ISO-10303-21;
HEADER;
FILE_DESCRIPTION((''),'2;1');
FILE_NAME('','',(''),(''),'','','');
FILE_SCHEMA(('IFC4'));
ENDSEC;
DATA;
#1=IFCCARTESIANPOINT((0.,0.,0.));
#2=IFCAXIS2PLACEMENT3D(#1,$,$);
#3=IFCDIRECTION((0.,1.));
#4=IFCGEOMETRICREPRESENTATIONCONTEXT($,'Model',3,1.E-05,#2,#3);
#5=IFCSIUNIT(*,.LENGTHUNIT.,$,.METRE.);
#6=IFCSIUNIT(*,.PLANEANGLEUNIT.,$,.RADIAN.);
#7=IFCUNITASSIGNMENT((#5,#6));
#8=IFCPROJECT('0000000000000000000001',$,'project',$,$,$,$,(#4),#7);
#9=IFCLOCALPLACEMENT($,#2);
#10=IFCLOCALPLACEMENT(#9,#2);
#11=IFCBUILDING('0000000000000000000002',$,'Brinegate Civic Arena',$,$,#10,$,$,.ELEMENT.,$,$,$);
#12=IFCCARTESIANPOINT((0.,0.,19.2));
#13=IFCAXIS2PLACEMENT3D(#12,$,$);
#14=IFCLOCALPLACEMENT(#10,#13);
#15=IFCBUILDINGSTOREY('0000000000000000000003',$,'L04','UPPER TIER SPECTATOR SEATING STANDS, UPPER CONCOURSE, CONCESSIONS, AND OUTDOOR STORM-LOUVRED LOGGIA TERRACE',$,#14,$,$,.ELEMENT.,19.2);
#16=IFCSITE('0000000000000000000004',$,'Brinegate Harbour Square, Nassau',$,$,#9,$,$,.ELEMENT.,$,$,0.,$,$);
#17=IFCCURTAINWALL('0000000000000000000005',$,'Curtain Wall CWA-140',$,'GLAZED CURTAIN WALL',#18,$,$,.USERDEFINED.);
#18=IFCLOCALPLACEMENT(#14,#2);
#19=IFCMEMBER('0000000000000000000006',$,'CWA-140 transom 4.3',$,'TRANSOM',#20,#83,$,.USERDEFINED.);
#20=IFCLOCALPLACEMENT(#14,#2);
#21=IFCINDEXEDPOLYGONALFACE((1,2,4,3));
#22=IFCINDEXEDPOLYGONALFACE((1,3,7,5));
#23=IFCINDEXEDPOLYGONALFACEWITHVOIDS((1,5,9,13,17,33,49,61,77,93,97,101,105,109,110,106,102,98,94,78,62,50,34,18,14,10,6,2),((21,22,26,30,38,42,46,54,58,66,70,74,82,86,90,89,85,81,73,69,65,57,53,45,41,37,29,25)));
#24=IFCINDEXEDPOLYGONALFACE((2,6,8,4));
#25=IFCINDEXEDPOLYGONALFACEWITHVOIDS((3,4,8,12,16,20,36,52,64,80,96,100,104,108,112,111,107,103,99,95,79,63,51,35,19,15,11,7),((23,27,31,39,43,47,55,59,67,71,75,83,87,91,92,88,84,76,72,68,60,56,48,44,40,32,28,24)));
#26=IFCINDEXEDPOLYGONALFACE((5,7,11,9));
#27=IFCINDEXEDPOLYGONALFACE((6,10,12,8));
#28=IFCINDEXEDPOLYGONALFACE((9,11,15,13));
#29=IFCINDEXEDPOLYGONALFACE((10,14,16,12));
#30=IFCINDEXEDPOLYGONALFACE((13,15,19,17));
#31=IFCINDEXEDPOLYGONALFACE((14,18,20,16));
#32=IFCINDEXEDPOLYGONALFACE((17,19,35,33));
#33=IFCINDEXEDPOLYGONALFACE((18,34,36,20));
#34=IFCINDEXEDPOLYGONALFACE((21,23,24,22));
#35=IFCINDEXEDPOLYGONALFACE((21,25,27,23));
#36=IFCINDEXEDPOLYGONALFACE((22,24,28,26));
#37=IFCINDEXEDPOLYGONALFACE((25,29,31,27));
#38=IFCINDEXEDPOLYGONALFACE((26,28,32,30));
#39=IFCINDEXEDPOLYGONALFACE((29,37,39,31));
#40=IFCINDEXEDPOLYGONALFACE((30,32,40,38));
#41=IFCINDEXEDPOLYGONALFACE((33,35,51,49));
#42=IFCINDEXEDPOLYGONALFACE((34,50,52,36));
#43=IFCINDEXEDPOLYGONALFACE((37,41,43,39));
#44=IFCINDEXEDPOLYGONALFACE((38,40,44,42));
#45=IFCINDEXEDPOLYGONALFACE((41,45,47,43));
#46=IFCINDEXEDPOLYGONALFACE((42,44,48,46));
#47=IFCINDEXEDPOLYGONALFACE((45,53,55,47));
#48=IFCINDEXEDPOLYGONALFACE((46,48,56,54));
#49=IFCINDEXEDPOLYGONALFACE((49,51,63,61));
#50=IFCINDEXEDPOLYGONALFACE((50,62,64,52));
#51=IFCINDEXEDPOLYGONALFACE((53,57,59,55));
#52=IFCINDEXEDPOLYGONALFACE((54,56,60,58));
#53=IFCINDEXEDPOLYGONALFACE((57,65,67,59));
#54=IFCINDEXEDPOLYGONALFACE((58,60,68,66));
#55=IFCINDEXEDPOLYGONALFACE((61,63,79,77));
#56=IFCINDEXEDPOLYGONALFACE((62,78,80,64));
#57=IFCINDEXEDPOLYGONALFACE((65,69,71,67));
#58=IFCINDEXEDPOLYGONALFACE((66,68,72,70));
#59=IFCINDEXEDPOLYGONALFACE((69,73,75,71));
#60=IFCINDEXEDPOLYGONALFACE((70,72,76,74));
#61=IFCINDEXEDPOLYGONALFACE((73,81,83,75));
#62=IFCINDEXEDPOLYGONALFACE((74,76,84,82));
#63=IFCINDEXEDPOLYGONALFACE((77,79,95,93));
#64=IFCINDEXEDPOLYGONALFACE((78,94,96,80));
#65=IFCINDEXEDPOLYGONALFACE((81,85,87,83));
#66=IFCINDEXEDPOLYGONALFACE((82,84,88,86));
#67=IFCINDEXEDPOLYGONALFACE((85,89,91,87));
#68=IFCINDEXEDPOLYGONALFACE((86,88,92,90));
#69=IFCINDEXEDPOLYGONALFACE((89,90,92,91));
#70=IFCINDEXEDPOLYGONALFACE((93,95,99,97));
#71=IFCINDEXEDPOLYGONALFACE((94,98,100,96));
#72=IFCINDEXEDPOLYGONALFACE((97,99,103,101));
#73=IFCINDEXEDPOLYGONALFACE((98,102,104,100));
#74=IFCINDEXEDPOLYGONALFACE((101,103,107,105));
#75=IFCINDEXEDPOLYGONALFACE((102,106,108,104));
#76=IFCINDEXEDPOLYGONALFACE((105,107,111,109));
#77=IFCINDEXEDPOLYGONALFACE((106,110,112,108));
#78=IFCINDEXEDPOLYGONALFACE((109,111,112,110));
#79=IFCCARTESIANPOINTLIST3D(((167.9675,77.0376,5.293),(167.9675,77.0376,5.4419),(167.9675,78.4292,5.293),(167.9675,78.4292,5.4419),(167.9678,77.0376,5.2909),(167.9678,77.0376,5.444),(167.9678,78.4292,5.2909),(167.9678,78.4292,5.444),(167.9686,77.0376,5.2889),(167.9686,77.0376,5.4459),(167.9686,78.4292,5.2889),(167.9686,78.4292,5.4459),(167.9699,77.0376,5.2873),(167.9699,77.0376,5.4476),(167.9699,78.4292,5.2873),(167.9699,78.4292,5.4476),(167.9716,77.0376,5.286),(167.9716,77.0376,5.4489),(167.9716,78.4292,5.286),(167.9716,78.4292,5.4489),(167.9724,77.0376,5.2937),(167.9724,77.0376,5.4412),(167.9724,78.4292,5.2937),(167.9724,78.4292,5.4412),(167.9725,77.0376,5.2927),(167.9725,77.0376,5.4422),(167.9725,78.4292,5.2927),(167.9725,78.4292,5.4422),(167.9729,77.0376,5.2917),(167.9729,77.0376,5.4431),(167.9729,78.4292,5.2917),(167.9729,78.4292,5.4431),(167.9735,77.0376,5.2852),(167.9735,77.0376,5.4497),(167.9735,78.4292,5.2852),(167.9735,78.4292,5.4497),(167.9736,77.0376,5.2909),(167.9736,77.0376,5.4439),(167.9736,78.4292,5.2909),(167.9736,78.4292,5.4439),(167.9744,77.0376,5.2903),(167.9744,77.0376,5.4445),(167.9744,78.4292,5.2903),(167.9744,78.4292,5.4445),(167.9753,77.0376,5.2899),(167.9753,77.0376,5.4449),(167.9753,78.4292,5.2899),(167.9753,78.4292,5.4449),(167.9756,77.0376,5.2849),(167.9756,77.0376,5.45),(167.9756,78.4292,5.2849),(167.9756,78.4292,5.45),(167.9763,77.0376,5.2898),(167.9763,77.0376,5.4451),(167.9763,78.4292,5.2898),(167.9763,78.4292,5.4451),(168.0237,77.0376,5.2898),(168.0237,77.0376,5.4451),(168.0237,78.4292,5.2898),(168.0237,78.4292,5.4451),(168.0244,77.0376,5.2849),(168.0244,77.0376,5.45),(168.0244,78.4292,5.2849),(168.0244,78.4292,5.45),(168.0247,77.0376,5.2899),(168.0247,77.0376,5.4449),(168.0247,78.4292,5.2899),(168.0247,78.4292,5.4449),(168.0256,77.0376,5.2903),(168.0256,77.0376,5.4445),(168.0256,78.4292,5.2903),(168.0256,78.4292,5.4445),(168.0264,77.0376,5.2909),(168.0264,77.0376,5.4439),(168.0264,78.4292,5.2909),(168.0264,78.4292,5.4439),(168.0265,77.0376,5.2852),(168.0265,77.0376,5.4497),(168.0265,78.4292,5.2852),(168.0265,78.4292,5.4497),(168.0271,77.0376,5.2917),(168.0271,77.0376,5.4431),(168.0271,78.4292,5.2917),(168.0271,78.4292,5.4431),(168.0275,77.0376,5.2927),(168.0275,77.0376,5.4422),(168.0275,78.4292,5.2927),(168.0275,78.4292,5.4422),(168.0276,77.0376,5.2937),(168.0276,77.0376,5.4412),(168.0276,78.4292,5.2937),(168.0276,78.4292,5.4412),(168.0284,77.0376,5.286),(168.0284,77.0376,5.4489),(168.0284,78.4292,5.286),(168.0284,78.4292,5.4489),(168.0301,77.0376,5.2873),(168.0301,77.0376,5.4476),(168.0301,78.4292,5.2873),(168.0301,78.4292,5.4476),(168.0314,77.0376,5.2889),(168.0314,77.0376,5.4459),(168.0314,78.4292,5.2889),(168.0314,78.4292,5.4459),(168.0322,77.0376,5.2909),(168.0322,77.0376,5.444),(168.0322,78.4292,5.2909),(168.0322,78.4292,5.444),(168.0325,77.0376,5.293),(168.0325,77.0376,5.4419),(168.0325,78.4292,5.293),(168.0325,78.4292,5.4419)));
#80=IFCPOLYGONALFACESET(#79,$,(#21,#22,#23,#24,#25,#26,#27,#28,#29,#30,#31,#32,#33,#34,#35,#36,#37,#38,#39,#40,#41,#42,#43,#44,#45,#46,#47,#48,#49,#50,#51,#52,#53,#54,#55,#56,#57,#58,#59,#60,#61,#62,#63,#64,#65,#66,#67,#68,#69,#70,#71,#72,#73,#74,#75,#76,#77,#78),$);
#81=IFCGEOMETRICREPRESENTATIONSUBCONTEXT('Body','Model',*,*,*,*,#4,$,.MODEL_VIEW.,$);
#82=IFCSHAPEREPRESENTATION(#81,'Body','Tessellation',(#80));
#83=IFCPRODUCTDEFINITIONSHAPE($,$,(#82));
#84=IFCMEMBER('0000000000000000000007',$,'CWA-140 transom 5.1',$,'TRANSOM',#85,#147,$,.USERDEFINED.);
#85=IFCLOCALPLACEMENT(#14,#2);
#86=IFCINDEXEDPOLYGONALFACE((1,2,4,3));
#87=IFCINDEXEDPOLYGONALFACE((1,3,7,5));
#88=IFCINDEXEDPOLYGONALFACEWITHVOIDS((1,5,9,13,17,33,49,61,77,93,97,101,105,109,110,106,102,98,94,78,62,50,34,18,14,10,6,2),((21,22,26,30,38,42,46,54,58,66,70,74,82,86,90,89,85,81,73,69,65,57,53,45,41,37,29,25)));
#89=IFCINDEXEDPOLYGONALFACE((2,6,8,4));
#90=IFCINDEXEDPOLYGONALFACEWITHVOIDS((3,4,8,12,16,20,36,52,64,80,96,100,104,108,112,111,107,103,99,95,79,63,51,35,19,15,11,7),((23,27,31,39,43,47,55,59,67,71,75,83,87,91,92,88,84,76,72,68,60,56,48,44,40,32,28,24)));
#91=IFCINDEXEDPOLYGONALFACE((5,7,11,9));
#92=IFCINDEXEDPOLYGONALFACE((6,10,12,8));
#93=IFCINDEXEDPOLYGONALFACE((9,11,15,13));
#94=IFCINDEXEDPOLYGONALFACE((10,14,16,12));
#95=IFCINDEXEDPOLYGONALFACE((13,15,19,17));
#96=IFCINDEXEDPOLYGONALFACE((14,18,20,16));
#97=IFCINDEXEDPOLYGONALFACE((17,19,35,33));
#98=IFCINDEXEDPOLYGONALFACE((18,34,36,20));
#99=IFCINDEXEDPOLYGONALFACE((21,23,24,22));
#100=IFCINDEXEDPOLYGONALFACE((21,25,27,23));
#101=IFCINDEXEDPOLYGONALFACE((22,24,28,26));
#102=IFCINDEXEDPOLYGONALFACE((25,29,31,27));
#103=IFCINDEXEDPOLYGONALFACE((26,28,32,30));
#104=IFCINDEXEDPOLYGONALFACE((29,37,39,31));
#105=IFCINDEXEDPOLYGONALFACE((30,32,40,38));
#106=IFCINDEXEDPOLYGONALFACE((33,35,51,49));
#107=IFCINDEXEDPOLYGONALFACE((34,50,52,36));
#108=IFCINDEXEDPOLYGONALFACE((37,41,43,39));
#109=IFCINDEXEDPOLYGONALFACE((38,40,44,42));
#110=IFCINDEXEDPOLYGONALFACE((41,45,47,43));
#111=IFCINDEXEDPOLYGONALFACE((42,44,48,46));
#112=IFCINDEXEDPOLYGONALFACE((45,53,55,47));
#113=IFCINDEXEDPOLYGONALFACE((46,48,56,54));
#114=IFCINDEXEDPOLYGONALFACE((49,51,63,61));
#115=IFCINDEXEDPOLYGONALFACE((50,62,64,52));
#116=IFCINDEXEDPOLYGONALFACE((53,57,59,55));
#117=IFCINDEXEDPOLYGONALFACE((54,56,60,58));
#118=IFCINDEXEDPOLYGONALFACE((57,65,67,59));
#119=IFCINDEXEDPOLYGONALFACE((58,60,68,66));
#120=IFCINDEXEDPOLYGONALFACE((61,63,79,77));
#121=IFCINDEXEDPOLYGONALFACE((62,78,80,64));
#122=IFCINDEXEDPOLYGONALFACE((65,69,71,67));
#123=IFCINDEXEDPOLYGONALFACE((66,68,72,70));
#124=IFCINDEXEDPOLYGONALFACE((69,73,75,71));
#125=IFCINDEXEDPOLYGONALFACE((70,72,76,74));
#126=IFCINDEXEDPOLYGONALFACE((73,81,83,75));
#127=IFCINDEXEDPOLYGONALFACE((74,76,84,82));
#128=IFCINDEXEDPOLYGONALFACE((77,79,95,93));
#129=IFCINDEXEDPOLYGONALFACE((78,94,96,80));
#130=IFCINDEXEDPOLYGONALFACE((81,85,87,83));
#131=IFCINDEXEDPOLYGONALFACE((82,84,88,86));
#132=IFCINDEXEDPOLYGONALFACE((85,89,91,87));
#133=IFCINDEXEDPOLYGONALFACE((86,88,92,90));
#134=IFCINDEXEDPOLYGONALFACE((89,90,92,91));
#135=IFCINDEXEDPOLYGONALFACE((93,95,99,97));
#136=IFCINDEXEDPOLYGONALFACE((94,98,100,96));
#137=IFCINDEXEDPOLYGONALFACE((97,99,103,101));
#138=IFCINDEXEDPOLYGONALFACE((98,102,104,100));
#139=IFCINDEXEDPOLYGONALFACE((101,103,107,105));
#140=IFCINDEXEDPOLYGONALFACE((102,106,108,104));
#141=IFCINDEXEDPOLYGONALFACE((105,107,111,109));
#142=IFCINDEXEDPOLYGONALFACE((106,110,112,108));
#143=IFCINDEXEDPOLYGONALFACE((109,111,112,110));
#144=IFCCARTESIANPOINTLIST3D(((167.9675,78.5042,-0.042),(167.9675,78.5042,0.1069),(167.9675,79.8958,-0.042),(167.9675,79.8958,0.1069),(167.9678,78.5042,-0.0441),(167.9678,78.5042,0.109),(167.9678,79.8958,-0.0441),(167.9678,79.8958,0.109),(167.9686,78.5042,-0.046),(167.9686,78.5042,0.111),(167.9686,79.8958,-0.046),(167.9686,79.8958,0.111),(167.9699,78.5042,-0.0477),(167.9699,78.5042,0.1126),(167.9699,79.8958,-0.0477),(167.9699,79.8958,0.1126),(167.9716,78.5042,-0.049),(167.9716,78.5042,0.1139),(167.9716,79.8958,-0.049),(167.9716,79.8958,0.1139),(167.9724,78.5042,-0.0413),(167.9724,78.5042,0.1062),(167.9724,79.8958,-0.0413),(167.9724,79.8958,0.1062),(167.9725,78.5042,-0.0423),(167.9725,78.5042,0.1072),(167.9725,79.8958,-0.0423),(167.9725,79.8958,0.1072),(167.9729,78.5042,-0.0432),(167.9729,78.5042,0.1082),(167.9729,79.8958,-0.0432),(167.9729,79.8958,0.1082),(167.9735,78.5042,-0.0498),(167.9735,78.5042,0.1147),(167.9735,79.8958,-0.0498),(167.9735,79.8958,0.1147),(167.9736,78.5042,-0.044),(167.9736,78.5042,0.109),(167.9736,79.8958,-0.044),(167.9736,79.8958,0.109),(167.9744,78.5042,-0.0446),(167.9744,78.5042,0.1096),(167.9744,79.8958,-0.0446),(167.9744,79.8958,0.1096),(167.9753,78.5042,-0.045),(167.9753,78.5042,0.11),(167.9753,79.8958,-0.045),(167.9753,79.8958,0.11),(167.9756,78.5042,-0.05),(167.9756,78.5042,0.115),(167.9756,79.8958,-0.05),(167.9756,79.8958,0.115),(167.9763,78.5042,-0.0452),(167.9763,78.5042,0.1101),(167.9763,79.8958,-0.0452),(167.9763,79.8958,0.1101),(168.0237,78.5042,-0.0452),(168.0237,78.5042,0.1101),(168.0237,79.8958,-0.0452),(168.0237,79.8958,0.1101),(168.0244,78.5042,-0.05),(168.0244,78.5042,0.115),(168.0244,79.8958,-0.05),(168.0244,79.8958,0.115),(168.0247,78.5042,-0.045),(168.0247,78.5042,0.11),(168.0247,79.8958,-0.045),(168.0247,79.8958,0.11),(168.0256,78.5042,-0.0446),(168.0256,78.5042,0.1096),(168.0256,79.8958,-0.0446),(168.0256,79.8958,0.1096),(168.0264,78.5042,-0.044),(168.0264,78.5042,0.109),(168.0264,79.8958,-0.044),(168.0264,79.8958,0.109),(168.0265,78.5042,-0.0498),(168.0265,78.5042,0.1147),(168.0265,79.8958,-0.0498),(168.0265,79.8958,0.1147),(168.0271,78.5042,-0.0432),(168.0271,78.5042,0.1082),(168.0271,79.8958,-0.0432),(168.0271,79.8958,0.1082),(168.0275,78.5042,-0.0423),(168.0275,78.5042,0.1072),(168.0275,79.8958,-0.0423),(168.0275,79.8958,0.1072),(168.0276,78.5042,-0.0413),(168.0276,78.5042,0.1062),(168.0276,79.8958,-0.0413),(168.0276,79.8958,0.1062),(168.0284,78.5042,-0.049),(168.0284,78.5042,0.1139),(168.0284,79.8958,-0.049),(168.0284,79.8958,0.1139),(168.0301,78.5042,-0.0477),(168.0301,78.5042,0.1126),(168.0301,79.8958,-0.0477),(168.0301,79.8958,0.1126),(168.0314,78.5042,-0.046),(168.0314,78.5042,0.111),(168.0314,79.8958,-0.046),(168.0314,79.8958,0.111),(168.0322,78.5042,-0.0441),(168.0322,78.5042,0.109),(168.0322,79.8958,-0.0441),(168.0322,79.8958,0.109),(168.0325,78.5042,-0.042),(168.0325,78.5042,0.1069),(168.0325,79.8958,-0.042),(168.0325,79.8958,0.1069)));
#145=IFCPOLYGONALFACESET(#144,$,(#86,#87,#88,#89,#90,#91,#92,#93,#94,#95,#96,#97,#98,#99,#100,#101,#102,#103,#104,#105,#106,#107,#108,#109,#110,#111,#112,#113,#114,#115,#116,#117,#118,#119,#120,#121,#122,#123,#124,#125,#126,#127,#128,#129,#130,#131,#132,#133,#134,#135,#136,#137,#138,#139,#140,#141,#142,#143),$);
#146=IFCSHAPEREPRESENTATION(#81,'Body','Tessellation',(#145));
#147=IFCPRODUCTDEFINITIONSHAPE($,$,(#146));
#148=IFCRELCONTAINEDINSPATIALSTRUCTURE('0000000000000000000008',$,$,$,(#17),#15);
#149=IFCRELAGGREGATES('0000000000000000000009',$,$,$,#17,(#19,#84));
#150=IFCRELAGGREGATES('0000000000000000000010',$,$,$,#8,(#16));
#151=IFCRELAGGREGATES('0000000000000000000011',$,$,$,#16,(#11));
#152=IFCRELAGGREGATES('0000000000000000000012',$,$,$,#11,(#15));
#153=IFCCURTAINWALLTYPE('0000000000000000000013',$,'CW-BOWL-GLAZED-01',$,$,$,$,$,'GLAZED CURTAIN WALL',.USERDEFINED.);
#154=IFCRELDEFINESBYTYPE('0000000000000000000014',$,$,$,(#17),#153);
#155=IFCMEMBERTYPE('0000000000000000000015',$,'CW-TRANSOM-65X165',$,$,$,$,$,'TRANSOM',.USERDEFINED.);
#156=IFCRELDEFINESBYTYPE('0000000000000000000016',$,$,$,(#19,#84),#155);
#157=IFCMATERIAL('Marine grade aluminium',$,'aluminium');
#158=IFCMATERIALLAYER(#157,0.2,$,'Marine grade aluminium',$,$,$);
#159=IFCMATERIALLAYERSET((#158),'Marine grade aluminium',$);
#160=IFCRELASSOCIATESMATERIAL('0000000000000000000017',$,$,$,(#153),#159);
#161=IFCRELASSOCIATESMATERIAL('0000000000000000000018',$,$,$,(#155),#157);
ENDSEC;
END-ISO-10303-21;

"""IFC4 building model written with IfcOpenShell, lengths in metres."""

from ifc_helpers import new_model, si_unit, direction, frame, origin, origin_2d, place, context, subcontext, project, spatial, hollow_rectangle, extrude, material, layer, layer_set, material_profile, profile_set, type_object, element, aggregate, save


model = new_model("IFC4")

# Units and contexts
model_context = context("Model", 3, precision=1e-05, world=origin(), true_north=direction((0.0, 1.0)))
body_context = subcontext(model_context, "Body", "Model", "MODEL_VIEW")
ifc_project = project(units=[si_unit("LENGTHUNIT", "METRE"), si_unit("PLANEANGLEUNIT", "RADIAN")], contexts=[model_context])

# Site, building, storey
site_placement = place(None, origin())
site = spatial("IfcSite", under=ifc_project, at=site_placement, Name="Brinegate Harbour Square, Nassau", CompositionType="ELEMENT", RefElevation=0.0)
building_placement = place(site_placement, origin())
building = spatial("IfcBuilding", under=site, at=building_placement, Name="Brinegate Civic Arena", CompositionType="ELEMENT")
storey_placement = place(building_placement, frame((0.0, 0.0, 19.2)))
storey = spatial("IfcBuildingStorey", under=building, at=storey_placement, Name="L04", Description="UPPER TIER SPECTATOR SEATING STANDS, UPPER CONCOURSE, CONCESSIONS, AND OUTDOOR STORM-LOUVRED LOGGIA TERRACE", CompositionType="ELEMENT", Elevation=19.2)

# Curtain wall, members
ifc_material_1 = material(Name="Marine grade aluminium", Category="aluminium")
ifc_layer_1 = layer(ifc_material_1, 0.2, Name="Marine grade aluminium")
ifc_layer_set_1 = layer_set([ifc_layer_1], Name="Marine grade aluminium")
curtain_wall_type = type_object("IfcCurtainWallType", Name="CW-BOWL-GLAZED-01", ElementType="GLAZED CURTAIN WALL", PredefinedType="USERDEFINED", material=ifc_layer_set_1)
curtain_wall_placement = place(storey_placement, origin())
curtain_wall = element("IfcCurtainWall", 1, at=curtain_wall_placement, inside=storey, type_object=curtain_wall_type, Name="Curtain Wall CWA-140", ObjectType="GLAZED CURTAIN WALL", PredefinedType="USERDEFINED")
ifc_material_profile_1 = material_profile(ifc_material_1, hollow_rectangle(XDim=0.0649, YDim=0.165, WallThickness=0.0049, InnerFilletRadius=0.0039, OuterFilletRadius=0.0081, at=origin_2d()), Name="TRN65X165")
ifc_profile_set_1 = profile_set([ifc_material_profile_1], Name="Marine grade aluminium")
member_type_1 = type_object("IfcMemberType", Name="CW-TRANSOM-65X165", ElementType="TRANSOM", PredefinedType="USERDEFINED", material=ifc_profile_set_1)
member_1_placement = place(storey_placement, frame((168.0, 77.0376, 5.3674), z_axis=(0.0, 1.0, 0.0), x_axis=(-1.0, 0.0, 0.0)))
member_1 = element("IfcMember", 2, at=member_1_placement, type_object=member_type_1, Name="CWA-140 transom 4.3", ObjectType="TRANSOM", PredefinedType="USERDEFINED", context=body_context, shape_type="SweptSolid", body=[
    extrude(hollow_rectangle(XDim=0.0649, YDim=0.165, WallThickness=0.0049, InnerFilletRadius=0.0039, OuterFilletRadius=0.0081, at=origin_2d()), origin(), (0.0, 0.0, 1.0), 1.3916),
])
member_2_placement = place(storey_placement, frame((168.0, 78.5042, 0.0325), z_axis=(0.0, 1.0, 0.0), x_axis=(-1.0, 0.0, 0.0)))
member_2 = element("IfcMember", 3, at=member_2_placement, type_object=member_type_1, Name="CWA-140 transom 5.1", ObjectType="TRANSOM", PredefinedType="USERDEFINED", context=body_context, shape_type="SweptSolid", body=[
    extrude(hollow_rectangle(XDim=0.0649, YDim=0.165, WallThickness=0.0049, InnerFilletRadius=0.0039, OuterFilletRadius=0.0081, at=origin_2d()), origin(), (0.0, 0.0, 1.0), 1.3916),
])
aggregate(curtain_wall, [member_1, member_2])

save(model, "model.ifc")
